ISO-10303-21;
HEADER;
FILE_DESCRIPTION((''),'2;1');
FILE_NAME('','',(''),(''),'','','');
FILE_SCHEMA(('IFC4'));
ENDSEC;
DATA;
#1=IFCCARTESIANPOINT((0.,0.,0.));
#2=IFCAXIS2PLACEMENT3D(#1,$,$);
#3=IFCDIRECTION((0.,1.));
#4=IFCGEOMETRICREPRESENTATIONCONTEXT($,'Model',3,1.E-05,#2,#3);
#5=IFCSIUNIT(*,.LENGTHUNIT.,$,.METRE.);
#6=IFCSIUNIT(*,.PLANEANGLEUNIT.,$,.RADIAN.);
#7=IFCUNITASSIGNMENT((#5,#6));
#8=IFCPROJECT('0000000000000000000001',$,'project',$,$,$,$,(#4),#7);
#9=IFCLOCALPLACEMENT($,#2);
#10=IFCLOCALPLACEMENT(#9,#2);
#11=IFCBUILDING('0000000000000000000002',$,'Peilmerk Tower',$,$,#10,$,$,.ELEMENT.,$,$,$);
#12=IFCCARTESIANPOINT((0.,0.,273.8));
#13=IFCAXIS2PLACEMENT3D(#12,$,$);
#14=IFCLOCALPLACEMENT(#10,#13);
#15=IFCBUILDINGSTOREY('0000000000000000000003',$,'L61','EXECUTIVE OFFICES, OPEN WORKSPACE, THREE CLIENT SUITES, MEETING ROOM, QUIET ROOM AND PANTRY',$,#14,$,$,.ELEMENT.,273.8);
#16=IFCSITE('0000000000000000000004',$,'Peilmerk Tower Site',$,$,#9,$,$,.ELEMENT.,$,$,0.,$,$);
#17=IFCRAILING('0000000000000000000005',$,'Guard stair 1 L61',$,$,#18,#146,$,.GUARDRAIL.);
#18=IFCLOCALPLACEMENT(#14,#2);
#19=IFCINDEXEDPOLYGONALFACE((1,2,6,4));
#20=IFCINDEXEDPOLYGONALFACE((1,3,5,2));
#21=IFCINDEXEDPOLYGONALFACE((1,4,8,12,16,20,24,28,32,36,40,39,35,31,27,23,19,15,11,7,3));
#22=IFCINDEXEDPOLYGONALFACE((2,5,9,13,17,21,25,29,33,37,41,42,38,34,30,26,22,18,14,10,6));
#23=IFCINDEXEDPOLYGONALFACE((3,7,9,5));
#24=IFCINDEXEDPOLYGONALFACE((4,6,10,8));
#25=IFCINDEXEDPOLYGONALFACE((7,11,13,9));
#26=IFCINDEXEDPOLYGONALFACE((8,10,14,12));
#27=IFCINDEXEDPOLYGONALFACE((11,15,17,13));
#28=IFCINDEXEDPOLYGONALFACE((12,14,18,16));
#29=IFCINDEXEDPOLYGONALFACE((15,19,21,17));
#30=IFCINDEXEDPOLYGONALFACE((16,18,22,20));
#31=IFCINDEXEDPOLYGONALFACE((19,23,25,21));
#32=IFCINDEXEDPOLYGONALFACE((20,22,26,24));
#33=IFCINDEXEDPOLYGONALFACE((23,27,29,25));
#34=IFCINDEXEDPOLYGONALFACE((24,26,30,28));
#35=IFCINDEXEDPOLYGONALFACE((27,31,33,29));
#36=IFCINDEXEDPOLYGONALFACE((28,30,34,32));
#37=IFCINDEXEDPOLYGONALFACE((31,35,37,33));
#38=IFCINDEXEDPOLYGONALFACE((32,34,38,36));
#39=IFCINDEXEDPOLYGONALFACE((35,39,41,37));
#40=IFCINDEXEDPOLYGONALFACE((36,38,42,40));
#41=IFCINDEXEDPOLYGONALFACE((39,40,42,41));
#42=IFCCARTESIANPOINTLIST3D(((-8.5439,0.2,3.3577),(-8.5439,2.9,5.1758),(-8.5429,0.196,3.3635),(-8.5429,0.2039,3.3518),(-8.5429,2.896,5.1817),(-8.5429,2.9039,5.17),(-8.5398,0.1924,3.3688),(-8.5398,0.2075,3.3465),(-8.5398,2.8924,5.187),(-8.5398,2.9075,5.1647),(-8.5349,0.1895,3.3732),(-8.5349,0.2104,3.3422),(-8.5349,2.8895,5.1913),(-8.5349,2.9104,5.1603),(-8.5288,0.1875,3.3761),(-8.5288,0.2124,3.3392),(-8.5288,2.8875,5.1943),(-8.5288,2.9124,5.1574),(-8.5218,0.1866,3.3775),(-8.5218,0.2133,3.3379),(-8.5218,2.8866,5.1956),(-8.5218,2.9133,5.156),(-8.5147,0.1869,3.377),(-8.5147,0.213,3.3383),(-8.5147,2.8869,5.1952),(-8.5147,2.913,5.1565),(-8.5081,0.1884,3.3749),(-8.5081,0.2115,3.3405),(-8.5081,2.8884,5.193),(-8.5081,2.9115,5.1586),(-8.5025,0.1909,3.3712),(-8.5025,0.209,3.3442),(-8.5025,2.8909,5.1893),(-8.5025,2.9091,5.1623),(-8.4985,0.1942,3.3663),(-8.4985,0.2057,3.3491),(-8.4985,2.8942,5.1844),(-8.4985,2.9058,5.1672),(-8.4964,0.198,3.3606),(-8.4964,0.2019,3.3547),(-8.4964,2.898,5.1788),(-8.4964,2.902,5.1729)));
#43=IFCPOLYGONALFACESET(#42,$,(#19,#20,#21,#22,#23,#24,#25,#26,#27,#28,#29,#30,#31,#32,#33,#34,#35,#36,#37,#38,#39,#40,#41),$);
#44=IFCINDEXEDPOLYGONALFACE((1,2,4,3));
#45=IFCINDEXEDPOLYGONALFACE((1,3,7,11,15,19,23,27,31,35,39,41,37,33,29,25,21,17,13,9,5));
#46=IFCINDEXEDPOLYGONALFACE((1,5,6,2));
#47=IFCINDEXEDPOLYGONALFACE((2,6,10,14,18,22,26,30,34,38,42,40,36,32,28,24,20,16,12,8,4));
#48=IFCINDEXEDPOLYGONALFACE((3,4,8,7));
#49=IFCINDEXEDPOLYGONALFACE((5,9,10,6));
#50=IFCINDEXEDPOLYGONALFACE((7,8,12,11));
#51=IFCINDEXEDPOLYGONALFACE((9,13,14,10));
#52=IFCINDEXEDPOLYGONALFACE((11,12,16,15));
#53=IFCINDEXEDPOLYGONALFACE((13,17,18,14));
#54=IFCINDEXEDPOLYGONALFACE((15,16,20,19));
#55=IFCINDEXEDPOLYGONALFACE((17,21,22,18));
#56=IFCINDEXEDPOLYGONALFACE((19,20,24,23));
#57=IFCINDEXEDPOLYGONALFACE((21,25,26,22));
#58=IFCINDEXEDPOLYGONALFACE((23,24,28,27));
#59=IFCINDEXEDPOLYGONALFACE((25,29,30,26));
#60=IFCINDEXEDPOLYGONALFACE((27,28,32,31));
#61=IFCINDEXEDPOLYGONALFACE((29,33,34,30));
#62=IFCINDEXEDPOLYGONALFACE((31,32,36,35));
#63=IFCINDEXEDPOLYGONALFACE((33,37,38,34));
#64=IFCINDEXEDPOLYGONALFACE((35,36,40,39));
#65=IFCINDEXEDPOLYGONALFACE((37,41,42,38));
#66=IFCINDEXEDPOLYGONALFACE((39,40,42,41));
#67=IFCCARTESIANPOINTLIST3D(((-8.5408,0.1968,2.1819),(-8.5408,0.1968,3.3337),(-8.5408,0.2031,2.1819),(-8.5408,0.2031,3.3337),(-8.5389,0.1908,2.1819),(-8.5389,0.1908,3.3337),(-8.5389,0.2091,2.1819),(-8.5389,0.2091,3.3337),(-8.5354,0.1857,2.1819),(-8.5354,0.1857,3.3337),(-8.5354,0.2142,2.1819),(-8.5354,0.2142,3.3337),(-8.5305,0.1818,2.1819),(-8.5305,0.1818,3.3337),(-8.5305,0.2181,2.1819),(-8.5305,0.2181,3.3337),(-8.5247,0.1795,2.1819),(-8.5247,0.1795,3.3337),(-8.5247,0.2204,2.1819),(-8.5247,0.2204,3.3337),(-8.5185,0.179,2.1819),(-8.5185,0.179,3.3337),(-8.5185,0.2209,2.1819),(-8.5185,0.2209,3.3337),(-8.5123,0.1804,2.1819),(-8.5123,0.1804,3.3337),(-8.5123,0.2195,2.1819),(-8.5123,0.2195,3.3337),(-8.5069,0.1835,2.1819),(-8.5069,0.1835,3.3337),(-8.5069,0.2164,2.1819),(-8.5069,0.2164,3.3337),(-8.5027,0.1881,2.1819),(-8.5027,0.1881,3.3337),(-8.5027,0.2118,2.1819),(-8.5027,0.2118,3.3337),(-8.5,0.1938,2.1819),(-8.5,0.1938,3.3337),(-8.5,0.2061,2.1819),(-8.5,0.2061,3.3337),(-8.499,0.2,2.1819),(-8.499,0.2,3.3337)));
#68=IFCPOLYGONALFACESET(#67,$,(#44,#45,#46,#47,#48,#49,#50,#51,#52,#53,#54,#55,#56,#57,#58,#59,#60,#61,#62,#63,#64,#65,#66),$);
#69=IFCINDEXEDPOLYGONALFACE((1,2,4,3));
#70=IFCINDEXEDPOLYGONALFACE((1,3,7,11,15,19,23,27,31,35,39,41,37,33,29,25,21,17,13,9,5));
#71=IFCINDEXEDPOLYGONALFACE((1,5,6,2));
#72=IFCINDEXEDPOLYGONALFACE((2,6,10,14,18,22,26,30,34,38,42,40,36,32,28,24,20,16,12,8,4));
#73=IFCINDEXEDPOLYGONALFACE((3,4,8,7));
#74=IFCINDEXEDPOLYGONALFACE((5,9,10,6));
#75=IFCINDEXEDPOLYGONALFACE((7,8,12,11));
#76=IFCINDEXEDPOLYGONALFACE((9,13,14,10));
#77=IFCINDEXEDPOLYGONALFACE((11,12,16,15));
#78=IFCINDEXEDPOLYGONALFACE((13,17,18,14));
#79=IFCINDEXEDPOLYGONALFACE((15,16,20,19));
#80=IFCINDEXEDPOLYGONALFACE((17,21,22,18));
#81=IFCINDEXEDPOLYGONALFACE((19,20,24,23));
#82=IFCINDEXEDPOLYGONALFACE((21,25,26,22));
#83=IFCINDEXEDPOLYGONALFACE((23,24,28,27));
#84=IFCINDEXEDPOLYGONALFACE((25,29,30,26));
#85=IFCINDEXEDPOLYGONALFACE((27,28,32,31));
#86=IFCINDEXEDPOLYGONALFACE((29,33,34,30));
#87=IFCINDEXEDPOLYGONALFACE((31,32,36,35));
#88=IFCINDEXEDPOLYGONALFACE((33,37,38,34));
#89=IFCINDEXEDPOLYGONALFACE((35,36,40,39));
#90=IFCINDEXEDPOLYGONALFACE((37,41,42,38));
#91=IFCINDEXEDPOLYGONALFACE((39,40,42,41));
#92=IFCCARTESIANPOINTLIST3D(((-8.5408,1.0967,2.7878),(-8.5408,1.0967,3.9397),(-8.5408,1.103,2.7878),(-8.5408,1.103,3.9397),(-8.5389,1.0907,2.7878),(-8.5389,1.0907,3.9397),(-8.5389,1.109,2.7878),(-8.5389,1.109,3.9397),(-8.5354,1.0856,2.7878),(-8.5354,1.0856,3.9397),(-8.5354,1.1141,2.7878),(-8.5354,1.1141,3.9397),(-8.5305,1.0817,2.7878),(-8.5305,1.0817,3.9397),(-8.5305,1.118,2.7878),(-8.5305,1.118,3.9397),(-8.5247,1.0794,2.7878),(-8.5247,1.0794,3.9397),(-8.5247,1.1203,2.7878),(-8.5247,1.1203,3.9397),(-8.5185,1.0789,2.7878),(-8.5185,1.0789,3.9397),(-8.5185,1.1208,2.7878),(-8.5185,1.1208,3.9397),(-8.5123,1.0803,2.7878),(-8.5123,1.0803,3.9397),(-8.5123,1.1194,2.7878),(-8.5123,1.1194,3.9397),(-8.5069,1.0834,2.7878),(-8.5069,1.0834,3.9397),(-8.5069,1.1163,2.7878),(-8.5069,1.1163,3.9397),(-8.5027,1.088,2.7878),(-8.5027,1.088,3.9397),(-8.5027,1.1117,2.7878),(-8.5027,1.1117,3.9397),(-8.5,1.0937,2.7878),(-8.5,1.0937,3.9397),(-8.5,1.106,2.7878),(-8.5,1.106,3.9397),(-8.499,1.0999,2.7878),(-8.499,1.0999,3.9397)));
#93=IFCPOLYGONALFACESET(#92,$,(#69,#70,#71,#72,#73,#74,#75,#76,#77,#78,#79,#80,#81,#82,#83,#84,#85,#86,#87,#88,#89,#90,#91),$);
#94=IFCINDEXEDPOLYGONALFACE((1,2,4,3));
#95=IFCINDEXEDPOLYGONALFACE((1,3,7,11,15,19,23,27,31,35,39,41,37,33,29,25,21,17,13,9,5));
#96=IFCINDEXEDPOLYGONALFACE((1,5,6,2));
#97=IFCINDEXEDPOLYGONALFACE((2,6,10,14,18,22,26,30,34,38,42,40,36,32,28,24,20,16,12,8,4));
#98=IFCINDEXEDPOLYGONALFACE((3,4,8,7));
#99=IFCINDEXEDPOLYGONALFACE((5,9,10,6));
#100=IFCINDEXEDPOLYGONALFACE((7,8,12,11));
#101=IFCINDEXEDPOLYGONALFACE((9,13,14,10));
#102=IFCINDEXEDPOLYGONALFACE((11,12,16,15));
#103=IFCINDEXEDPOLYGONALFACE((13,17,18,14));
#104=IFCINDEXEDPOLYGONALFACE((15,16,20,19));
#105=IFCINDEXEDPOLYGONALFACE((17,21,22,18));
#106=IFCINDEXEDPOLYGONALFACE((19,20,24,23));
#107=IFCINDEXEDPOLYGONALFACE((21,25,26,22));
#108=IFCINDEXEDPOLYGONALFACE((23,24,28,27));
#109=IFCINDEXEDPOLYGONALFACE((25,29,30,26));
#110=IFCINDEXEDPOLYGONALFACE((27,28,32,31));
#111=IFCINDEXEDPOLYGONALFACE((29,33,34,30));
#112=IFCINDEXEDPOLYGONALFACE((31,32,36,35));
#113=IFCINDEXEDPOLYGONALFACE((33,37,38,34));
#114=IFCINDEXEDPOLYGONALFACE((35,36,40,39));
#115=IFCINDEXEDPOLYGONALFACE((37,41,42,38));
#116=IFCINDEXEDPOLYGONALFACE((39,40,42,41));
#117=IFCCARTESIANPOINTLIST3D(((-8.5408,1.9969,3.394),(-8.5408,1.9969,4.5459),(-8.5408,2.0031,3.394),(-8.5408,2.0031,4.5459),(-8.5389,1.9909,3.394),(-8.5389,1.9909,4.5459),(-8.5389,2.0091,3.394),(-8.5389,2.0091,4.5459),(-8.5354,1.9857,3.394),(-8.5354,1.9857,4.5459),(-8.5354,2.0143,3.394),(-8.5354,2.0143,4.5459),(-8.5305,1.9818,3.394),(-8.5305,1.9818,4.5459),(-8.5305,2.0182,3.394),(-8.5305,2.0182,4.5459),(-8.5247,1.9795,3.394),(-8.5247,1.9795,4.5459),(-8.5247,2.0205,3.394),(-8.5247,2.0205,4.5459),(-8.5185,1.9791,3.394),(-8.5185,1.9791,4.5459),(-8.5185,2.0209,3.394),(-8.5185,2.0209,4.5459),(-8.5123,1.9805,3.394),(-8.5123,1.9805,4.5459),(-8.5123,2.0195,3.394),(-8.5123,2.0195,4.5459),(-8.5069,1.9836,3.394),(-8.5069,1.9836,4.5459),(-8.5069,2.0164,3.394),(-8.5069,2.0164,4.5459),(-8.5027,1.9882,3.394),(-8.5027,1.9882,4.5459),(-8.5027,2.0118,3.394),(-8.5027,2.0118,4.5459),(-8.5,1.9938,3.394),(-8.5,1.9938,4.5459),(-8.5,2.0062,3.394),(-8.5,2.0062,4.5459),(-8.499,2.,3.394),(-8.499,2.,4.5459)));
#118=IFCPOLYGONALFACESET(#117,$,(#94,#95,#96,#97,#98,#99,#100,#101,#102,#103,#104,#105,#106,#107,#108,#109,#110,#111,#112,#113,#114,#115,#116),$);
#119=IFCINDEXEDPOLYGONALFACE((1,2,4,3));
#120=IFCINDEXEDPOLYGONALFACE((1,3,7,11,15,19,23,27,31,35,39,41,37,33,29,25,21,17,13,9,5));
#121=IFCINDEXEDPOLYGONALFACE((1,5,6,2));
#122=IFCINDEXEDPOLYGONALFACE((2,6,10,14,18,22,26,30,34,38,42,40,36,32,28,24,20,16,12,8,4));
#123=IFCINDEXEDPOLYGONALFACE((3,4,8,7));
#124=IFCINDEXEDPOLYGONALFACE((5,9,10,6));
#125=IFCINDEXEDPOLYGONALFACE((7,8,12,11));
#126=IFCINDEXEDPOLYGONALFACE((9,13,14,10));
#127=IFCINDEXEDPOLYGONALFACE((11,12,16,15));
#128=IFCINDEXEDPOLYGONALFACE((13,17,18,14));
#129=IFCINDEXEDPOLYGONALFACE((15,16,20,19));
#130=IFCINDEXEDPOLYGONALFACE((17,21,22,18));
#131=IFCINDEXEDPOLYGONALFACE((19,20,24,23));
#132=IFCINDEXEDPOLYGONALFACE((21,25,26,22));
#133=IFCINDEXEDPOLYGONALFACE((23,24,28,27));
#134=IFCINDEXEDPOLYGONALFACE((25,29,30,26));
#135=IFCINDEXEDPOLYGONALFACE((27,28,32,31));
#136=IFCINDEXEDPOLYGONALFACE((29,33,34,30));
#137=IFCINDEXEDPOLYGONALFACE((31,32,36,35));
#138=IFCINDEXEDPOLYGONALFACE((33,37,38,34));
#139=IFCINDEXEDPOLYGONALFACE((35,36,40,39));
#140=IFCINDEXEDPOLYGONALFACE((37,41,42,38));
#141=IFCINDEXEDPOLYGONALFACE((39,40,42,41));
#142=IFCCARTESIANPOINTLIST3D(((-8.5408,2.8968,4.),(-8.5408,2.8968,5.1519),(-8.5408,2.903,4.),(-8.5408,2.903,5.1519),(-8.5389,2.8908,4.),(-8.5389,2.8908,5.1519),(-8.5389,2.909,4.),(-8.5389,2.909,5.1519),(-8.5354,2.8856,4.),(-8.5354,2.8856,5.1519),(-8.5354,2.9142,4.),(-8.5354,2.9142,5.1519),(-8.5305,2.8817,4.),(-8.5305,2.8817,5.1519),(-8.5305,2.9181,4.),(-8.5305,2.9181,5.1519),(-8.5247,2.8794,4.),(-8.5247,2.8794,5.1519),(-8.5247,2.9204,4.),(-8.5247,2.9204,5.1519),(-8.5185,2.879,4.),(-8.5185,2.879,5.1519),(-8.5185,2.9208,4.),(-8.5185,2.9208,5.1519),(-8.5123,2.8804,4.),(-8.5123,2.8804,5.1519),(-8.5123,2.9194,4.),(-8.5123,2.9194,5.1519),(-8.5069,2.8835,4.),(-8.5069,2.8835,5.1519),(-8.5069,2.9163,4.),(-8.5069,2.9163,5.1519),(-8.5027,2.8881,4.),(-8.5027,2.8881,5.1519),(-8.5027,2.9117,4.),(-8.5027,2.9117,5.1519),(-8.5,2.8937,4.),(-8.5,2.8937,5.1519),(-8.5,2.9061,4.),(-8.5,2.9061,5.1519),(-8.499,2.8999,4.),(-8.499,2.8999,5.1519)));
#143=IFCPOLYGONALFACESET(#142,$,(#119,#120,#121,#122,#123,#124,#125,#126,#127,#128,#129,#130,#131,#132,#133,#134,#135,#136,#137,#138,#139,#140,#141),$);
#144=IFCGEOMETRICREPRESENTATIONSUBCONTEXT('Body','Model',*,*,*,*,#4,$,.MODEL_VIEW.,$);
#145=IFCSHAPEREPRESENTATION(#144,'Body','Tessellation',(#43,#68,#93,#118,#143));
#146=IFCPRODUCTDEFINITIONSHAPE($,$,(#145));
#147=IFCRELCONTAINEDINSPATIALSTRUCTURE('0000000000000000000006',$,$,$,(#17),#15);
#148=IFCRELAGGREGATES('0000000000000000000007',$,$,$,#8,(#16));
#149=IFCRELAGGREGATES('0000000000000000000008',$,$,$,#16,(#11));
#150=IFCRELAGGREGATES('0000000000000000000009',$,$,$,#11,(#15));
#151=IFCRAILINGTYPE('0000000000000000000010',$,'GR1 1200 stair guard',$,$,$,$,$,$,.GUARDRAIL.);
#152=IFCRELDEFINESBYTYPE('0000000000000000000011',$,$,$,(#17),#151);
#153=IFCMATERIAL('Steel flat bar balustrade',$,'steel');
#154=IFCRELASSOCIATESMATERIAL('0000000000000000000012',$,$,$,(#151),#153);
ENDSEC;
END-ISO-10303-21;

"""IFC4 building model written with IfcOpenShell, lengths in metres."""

from ifc_helpers import new_model, si_unit, direction, frame, origin, origin_2d, place, context, subcontext, project, spatial, circle, extrude, material, type_object, element, save


model = new_model("IFC4")

# Units and contexts
model_context = context("Model", 3, precision=1e-05, world=origin(), true_north=direction((0.0, 1.0)))
body_context = subcontext(model_context, "Body", "Model", "MODEL_VIEW")
ifc_project = project(units=[si_unit("LENGTHUNIT", "METRE"), si_unit("PLANEANGLEUNIT", "RADIAN")], contexts=[model_context])

# Site, building, storey
site_placement = place(None, origin())
site = spatial("IfcSite", under=ifc_project, at=site_placement, Name="Peilmerk Tower Site", CompositionType="ELEMENT", RefElevation=0.0)
building_placement = place(site_placement, origin())
building = spatial("IfcBuilding", under=site, at=building_placement, Name="Peilmerk Tower", CompositionType="ELEMENT")
storey_placement = place(building_placement, frame((0.0, 0.0, 273.8)))
storey = spatial("IfcBuildingStorey", under=building, at=storey_placement, Name="L61", Description="EXECUTIVE OFFICES, OPEN WORKSPACE, THREE CLIENT SUITES, MEETING ROOM, QUIET ROOM AND PANTRY", CompositionType="ELEMENT", Elevation=273.8)

# Railing
ifc_material_1 = material(Name="Steel flat bar balustrade", Category="steel")
railing_type_1 = type_object("IfcRailingType", Name="GR1 1200 stair guard", PredefinedType="GUARDRAIL", material=ifc_material_1)
railing_1_placement = place(storey_placement, frame((-8.52, 0.2, 2.1819)))
element("IfcRailing", 1, at=railing_1_placement, inside=storey, type_object=railing_type_1, Name="Guard stair 1 L61", PredefinedType="GUARDRAIL", context=body_context, shape_type="SweptSolid", body=[
    extrude(circle(Radius=0.0239, at=origin_2d()), frame((0.0, 0.0, 1.1758), z_axis=(0.0, 0.829468, 0.558554), x_axis=(-1.0, 0.0, 0.0)), (0.0, 0.0, 1.0), 3.2551),
    extrude(circle(Radius=0.021, at=origin_2d()), origin(), (0.0, 0.0, 1.0), 1.1519),
    extrude(circle(Radius=0.021, at=origin_2d()), frame((0.0, 0.8999, 0.606)), (0.0, 0.0, 1.0), 1.1519),
    extrude(circle(Radius=0.021, at=origin_2d()), frame((0.0, 1.8, 1.2122)), (0.0, 0.0, 1.0), 1.1519),
    extrude(circle(Radius=0.021, at=origin_2d()), frame((0.0, 2.7, 1.8181)), (0.0, 0.0, 1.0), 1.1519),
])

save(model, "model.ifc")
